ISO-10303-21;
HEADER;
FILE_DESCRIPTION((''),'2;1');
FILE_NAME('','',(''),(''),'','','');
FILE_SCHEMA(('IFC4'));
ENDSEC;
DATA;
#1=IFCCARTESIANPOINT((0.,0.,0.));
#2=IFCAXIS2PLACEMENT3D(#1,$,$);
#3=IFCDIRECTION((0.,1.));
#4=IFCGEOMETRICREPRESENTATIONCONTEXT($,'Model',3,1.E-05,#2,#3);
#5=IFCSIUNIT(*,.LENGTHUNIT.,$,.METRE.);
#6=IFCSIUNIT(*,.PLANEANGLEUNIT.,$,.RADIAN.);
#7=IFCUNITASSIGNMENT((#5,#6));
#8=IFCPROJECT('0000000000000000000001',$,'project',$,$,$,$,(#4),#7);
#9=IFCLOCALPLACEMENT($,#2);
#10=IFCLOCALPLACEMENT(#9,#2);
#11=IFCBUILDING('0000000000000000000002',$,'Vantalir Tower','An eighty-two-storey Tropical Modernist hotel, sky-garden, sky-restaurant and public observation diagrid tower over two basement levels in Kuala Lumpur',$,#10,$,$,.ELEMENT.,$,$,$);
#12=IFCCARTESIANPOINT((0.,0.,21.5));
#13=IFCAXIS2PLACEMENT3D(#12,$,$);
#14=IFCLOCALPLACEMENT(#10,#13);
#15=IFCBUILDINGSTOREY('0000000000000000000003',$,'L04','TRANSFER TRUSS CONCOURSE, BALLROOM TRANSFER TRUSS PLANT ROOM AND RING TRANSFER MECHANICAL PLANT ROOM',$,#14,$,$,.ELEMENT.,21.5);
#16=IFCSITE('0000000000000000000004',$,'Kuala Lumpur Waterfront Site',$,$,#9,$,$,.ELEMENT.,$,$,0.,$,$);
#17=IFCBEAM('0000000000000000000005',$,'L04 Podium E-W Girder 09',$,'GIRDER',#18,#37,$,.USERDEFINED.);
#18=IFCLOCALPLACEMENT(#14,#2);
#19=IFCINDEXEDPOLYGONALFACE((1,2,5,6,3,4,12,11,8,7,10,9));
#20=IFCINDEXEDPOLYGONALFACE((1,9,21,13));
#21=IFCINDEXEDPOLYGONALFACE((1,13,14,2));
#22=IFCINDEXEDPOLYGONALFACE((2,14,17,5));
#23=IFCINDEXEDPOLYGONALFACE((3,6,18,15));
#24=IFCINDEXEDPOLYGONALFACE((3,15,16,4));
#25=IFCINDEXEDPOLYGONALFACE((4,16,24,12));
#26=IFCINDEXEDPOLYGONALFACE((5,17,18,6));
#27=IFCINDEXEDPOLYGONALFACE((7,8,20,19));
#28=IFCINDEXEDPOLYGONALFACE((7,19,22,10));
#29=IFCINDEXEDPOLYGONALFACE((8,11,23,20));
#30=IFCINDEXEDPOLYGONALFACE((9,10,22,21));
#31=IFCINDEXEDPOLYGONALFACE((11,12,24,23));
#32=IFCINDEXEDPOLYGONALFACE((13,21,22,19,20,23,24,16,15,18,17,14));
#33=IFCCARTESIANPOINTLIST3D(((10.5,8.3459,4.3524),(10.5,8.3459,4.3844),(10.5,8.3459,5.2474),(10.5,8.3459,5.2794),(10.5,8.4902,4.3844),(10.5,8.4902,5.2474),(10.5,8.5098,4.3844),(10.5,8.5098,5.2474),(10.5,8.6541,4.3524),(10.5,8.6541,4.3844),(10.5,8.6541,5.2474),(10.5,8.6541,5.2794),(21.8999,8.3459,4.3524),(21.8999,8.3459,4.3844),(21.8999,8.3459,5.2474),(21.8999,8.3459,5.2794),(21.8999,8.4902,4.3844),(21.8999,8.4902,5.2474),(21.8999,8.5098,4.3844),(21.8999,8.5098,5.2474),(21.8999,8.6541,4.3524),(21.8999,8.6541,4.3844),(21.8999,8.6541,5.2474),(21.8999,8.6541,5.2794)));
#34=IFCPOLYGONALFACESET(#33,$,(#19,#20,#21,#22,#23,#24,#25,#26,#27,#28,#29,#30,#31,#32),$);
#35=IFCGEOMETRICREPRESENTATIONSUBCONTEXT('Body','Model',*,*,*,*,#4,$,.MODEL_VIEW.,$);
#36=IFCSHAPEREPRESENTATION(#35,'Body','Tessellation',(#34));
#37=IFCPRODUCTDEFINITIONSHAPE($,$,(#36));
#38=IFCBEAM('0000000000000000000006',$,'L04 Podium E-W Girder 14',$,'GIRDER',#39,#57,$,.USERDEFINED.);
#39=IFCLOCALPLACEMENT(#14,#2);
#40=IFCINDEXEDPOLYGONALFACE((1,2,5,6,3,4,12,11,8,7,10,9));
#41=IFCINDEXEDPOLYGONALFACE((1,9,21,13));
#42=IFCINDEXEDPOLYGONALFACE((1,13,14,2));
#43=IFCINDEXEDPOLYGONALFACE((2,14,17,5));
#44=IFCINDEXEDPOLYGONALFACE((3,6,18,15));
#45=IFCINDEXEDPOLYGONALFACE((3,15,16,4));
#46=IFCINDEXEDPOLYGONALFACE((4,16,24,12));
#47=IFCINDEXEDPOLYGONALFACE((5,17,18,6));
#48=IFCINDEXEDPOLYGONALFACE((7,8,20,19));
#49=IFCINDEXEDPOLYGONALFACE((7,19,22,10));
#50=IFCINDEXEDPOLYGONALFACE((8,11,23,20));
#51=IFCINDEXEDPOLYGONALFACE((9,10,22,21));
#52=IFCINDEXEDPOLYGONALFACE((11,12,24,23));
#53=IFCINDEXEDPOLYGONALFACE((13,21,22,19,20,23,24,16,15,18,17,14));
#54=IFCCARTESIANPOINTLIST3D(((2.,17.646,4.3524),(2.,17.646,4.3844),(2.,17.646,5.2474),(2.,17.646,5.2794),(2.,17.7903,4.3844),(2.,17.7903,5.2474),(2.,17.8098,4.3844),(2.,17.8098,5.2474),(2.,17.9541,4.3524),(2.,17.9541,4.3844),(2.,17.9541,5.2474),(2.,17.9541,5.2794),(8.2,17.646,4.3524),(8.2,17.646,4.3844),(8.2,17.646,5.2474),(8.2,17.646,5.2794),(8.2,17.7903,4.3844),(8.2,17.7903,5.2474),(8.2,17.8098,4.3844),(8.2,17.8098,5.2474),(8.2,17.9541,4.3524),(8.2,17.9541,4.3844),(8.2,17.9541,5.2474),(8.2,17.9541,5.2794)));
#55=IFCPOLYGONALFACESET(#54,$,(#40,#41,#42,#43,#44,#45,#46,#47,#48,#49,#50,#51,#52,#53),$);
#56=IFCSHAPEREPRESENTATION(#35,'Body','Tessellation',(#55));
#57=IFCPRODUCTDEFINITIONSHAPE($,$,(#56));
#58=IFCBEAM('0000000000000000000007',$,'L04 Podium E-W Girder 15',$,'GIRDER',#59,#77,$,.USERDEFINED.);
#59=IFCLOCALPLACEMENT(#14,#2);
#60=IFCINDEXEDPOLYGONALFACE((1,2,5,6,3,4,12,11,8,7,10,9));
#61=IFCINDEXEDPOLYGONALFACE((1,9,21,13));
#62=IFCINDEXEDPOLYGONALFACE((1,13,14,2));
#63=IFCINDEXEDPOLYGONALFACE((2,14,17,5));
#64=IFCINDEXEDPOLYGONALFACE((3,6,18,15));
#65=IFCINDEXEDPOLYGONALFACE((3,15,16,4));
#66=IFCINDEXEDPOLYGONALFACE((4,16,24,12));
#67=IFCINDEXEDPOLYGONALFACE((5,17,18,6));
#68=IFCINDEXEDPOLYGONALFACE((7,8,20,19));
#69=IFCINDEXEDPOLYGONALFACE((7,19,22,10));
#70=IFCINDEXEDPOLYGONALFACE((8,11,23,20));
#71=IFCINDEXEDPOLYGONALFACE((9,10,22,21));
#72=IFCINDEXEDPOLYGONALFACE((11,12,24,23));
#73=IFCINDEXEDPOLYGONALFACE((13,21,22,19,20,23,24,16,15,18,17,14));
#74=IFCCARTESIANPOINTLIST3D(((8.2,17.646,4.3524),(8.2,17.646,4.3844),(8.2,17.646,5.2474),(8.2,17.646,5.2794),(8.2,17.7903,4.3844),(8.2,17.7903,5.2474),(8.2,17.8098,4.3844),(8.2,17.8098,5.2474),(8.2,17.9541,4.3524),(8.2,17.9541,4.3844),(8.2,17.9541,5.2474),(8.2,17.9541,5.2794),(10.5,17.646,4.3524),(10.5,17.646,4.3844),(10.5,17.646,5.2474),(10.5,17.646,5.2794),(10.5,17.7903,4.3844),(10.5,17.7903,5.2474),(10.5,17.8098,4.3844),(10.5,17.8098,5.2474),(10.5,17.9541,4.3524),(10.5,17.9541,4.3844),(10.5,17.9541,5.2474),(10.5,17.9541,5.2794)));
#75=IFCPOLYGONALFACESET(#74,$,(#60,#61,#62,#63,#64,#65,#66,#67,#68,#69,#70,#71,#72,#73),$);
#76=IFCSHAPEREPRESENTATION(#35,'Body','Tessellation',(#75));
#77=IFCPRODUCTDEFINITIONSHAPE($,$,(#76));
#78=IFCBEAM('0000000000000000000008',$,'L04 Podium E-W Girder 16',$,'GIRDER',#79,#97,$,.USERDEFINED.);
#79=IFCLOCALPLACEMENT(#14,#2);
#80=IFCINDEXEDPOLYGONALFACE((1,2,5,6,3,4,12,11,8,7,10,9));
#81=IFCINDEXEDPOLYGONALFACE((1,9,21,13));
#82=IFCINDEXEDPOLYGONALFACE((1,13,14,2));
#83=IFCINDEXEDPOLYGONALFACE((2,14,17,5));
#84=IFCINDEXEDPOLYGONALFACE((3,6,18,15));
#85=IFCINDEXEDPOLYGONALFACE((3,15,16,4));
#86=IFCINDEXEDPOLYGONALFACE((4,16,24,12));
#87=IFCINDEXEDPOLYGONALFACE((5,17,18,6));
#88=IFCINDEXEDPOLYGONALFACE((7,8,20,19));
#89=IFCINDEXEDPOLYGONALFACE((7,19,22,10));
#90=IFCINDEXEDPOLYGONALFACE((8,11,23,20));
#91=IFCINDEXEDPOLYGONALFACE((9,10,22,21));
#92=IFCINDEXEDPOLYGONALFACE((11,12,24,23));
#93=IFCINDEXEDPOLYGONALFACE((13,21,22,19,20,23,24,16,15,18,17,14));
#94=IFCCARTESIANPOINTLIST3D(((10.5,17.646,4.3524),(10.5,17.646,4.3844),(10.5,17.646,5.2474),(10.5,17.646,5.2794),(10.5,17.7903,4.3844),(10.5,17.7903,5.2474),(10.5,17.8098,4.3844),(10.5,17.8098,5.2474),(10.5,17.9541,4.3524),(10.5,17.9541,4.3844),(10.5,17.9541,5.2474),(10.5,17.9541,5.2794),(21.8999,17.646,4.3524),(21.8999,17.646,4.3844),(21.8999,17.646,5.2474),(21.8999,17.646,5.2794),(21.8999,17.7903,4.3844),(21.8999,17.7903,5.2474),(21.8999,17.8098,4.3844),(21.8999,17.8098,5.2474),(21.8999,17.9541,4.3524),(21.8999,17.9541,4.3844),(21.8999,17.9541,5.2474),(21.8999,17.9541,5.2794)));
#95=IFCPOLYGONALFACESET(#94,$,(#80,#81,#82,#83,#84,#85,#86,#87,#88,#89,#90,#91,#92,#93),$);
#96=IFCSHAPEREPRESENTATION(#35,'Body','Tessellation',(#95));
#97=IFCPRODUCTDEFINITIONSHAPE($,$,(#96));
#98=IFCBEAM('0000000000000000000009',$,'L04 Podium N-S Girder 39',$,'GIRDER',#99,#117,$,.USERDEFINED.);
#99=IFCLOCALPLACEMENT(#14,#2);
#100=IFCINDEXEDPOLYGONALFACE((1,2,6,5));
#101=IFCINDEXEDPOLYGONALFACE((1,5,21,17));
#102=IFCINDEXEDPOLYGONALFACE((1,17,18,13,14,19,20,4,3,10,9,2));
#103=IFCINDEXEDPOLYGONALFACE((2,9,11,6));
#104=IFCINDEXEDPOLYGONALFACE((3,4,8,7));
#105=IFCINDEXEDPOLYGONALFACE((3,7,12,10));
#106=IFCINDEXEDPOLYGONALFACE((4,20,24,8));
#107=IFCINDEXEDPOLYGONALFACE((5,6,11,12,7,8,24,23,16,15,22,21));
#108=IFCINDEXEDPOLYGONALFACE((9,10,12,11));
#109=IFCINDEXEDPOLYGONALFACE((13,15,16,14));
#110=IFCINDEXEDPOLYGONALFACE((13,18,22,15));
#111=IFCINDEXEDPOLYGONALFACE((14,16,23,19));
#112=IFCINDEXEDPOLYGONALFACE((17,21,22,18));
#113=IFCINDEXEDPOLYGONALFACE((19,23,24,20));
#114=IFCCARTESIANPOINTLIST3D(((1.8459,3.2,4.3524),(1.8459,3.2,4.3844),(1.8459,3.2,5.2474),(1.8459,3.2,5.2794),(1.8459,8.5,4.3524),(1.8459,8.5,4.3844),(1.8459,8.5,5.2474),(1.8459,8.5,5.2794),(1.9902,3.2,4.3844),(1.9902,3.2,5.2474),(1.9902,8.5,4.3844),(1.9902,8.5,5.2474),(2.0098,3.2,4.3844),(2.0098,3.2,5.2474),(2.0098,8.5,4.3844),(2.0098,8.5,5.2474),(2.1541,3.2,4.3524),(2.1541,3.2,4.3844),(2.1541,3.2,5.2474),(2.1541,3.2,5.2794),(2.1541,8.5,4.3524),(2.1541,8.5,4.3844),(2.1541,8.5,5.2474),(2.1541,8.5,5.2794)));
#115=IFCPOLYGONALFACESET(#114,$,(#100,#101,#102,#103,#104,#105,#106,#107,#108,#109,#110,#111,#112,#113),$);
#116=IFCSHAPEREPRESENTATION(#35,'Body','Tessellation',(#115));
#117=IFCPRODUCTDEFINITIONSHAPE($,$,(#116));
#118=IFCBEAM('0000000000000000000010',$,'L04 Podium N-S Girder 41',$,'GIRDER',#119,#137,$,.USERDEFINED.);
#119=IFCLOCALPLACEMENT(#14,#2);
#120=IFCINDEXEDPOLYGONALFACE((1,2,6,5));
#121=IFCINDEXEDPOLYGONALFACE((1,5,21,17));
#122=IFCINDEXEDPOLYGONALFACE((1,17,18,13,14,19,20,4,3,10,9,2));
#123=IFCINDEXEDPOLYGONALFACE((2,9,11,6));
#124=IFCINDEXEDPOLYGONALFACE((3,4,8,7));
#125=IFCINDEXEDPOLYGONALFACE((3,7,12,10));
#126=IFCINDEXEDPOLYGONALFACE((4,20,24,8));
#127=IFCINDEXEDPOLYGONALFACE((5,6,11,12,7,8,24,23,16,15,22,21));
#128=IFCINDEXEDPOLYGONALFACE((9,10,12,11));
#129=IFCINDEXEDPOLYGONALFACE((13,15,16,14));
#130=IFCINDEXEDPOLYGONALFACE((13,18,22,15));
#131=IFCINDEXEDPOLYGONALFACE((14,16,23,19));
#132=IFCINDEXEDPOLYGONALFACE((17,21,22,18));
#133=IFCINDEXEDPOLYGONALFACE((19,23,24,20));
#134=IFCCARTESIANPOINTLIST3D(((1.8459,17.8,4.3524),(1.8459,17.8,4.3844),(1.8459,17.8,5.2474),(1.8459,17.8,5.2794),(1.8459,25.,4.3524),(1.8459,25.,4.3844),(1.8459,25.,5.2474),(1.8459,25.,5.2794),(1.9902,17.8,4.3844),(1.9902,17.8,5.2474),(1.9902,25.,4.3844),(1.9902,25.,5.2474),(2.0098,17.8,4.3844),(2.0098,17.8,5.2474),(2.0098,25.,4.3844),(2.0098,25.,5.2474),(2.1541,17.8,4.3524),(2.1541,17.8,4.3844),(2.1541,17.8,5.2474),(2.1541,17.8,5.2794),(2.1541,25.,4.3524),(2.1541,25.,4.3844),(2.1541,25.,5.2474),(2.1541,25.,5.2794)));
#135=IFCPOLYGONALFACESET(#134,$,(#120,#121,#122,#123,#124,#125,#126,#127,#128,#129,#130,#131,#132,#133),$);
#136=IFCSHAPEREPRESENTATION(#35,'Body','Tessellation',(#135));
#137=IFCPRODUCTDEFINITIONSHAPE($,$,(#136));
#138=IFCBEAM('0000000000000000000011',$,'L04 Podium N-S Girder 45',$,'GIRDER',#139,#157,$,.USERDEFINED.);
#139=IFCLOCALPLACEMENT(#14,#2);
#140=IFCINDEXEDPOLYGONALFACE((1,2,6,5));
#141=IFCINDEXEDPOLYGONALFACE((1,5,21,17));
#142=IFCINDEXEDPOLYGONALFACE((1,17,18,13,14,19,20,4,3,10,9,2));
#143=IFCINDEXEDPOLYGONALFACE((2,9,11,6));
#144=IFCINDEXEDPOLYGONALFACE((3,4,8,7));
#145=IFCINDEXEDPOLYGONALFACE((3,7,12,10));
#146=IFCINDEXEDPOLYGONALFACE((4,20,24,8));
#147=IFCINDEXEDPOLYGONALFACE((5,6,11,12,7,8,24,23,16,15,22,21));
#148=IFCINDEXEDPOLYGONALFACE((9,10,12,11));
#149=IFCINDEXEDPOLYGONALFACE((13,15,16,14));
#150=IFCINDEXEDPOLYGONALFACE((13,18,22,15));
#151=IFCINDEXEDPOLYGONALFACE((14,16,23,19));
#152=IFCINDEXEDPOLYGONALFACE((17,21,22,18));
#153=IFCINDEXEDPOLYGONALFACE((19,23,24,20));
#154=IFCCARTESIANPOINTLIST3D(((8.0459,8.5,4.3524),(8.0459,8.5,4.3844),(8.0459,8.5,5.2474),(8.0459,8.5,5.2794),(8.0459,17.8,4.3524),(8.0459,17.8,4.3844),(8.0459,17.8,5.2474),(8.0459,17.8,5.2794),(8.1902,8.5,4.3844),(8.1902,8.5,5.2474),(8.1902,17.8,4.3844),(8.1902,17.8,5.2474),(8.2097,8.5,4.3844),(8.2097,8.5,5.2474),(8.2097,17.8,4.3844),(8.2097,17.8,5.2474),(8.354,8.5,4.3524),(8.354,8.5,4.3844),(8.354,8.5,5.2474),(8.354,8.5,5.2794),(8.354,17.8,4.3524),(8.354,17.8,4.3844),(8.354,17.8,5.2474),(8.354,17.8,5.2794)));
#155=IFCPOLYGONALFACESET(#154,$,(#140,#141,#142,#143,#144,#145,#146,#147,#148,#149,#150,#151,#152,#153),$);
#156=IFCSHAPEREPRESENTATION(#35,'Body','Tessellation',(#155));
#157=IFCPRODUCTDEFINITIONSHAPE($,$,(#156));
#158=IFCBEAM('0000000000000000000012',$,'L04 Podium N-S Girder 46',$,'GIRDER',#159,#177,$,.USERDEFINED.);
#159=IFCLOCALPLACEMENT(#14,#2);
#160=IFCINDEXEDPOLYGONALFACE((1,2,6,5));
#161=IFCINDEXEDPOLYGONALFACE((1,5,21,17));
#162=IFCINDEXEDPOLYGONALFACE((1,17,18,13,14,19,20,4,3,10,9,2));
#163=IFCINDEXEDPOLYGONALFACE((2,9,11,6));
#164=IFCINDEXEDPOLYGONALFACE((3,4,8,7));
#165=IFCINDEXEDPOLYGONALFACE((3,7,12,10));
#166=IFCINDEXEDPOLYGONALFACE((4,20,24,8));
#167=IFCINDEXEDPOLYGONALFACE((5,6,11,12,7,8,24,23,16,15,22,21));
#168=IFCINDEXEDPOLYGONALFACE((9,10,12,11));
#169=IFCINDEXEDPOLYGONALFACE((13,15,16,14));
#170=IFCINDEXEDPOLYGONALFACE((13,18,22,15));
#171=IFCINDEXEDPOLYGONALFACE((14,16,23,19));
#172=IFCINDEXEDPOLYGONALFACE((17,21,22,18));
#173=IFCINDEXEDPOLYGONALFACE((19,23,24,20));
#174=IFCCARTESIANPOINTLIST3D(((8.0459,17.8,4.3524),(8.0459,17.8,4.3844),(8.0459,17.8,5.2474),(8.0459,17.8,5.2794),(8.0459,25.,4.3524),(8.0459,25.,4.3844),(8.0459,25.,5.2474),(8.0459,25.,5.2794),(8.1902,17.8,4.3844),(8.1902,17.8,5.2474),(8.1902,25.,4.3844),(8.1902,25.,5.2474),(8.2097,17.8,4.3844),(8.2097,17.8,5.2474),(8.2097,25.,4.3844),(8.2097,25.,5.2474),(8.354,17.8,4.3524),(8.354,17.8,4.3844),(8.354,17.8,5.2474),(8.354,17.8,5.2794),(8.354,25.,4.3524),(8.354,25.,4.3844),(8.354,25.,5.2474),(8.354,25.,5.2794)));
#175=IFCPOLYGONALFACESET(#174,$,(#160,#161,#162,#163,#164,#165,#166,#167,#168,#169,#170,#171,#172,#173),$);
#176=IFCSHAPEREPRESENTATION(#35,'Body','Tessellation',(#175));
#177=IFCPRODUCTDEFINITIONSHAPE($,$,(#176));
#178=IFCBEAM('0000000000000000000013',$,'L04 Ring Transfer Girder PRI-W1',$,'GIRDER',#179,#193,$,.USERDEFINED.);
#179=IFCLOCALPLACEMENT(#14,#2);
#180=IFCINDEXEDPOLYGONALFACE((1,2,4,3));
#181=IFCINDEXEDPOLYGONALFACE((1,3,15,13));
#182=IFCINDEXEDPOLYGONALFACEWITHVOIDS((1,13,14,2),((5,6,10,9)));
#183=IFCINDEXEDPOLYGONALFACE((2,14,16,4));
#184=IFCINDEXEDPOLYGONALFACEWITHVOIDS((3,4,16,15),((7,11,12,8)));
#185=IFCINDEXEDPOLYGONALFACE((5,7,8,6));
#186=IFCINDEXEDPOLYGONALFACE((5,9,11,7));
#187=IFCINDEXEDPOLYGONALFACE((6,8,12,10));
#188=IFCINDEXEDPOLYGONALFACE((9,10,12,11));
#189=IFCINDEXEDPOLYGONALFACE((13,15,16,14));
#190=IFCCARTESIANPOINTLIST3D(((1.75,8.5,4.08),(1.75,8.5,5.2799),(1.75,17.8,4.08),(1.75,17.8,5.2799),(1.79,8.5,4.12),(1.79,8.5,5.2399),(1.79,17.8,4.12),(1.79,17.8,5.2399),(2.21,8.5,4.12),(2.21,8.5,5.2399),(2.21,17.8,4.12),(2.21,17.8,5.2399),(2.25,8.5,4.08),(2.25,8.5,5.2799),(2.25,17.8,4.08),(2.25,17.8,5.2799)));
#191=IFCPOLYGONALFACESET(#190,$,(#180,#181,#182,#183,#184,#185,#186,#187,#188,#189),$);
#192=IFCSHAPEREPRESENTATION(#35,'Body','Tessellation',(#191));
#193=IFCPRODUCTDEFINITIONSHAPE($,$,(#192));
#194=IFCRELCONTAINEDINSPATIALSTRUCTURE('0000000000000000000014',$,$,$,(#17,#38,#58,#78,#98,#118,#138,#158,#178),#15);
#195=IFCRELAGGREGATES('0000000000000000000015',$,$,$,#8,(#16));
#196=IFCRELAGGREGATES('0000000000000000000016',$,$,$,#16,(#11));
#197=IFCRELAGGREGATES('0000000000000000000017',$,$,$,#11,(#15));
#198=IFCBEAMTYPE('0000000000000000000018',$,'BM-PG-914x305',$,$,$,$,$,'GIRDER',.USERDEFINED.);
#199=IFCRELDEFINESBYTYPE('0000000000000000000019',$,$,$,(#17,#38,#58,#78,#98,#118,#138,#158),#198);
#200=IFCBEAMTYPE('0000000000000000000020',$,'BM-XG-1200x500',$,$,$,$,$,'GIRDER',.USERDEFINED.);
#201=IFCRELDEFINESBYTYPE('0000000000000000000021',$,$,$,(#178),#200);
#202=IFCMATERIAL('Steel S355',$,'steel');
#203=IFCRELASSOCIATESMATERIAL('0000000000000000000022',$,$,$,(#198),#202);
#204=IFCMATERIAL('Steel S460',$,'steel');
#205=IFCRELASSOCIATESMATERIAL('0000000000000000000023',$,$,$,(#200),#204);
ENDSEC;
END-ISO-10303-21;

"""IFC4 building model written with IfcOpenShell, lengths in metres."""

from ifc_helpers import new_model, si_unit, direction, frame, origin, origin_2d, place, context, subcontext, project, spatial, hollow_rectangle, i_section, extrude, material, material_profile, profile_set, type_object, element, save


model = new_model("IFC4")

# Units and contexts
model_context = context("Model", 3, precision=1e-05, world=origin(), true_north=direction((0.0, 1.0)))
body_context = subcontext(model_context, "Body", "Model", "MODEL_VIEW")
ifc_project = project(units=[si_unit("LENGTHUNIT", "METRE"), si_unit("PLANEANGLEUNIT", "RADIAN")], contexts=[model_context])

# Site, building, storey
site_placement = place(None, origin())
site = spatial("IfcSite", under=ifc_project, at=site_placement, Name="Kuala Lumpur Waterfront Site", CompositionType="ELEMENT", RefElevation=0.0)
building_placement = place(site_placement, origin())
building = spatial("IfcBuilding", under=site, at=building_placement, Name="Vantalir Tower", Description="An eighty-two-storey Tropical Modernist hotel, sky-garden, sky-restaurant and public observation diagrid tower over two basement levels in Kuala Lumpur", CompositionType="ELEMENT")
storey_placement = place(building_placement, frame((0.0, 0.0, 21.5)))
storey = spatial("IfcBuildingStorey", under=building, at=storey_placement, Name="L04", Description="TRANSFER TRUSS CONCOURSE, BALLROOM TRANSFER TRUSS PLANT ROOM AND RING TRANSFER MECHANICAL PLANT ROOM", CompositionType="ELEMENT", Elevation=21.5)

# Shared definitions
ifc_material_1 = material(Name="Steel S460", Category="steel")

# Beams
ifc_material_2 = material(Name="Steel S355", Category="steel")
ifc_material_profile_1 = material_profile(ifc_material_2, i_section(OverallWidth=0.3081, OverallDepth=0.927, WebThickness=0.0195, FlangeThickness=0.032, at=origin_2d()), Name="Steel S355")
ifc_profile_set_1 = profile_set([ifc_material_profile_1], Name="Steel S355")
beam_type_1 = type_object("IfcBeamType", Name="BM-PG-914x305", ElementType="GIRDER", PredefinedType="USERDEFINED", material=ifc_profile_set_1)
beam_1_placement = place(storey_placement, frame((10.5, 8.5, 4.8159), z_axis=(1.0, 0.0, 0.0), x_axis=(0.0, 1.0, 0.0)))
element("IfcBeam", 1, at=beam_1_placement, inside=storey, type_object=beam_type_1, Name="L04 Podium E-W Girder 09", ObjectType="GIRDER", PredefinedType="USERDEFINED", context=body_context, shape_type="SweptSolid", body=[
    extrude(i_section(OverallWidth=0.3081, OverallDepth=0.927, WebThickness=0.0195, FlangeThickness=0.032, at=origin_2d()), origin(), (0.0, 0.0, 1.0), 11.3999),
])
beam_2_placement = place(storey_placement, frame((2.0, 17.8, 4.8159), z_axis=(1.0, 0.0, 0.0), x_axis=(0.0, 1.0, 0.0)))
element("IfcBeam", 2, at=beam_2_placement, inside=storey, type_object=beam_type_1, Name="L04 Podium E-W Girder 14", ObjectType="GIRDER", PredefinedType="USERDEFINED", context=body_context, shape_type="SweptSolid", body=[
    extrude(i_section(OverallWidth=0.3081, OverallDepth=0.927, WebThickness=0.0195, FlangeThickness=0.032, at=origin_2d()), origin(), (0.0, 0.0, 1.0), 6.2),
])
beam_3_placement = place(storey_placement, frame((8.2, 17.8, 4.8159), z_axis=(1.0, 0.0, 0.0), x_axis=(0.0, 1.0, 0.0)))
element("IfcBeam", 3, at=beam_3_placement, inside=storey, type_object=beam_type_1, Name="L04 Podium E-W Girder 15", ObjectType="GIRDER", PredefinedType="USERDEFINED", context=body_context, shape_type="SweptSolid", body=[
    extrude(i_section(OverallWidth=0.3081, OverallDepth=0.927, WebThickness=0.0195, FlangeThickness=0.032, at=origin_2d()), origin(), (0.0, 0.0, 1.0), 2.3),
])
beam_4_placement = place(storey_placement, frame((10.5, 17.8, 4.8159), z_axis=(1.0, 0.0, 0.0), x_axis=(0.0, 1.0, 0.0)))
element("IfcBeam", 4, at=beam_4_placement, inside=storey, type_object=beam_type_1, Name="L04 Podium E-W Girder 16", ObjectType="GIRDER", PredefinedType="USERDEFINED", context=body_context, shape_type="SweptSolid", body=[
    extrude(i_section(OverallWidth=0.3081, OverallDepth=0.927, WebThickness=0.0195, FlangeThickness=0.032, at=origin_2d()), origin(), (0.0, 0.0, 1.0), 11.3999),
])
beam_5_placement = place(storey_placement, frame((2.0, 3.2, 4.8159), z_axis=(0.0, 1.0, 0.0), x_axis=(-1.0, 0.0, 0.0)))
element("IfcBeam", 5, at=beam_5_placement, inside=storey, type_object=beam_type_1, Name="L04 Podium N-S Girder 39", ObjectType="GIRDER", PredefinedType="USERDEFINED", context=body_context, shape_type="SweptSolid", body=[
    extrude(i_section(OverallWidth=0.3081, OverallDepth=0.927, WebThickness=0.0195, FlangeThickness=0.032, at=origin_2d()), origin(), (0.0, 0.0, 1.0), 5.3),
])
beam_6_placement = place(storey_placement, frame((2.0, 17.8, 4.8159), z_axis=(0.0, 1.0, 0.0), x_axis=(-1.0, 0.0, 0.0)))
element("IfcBeam", 6, at=beam_6_placement, inside=storey, type_object=beam_type_1, Name="L04 Podium N-S Girder 41", ObjectType="GIRDER", PredefinedType="USERDEFINED", context=body_context, shape_type="SweptSolid", body=[
    extrude(i_section(OverallWidth=0.3081, OverallDepth=0.927, WebThickness=0.0195, FlangeThickness=0.032, at=origin_2d()), origin(), (0.0, 0.0, 1.0), 7.2),
])
beam_7_placement = place(storey_placement, frame((8.2, 8.5, 4.8159), z_axis=(0.0, 1.0, 0.0), x_axis=(-1.0, 0.0, 0.0)))
element("IfcBeam", 7, at=beam_7_placement, inside=storey, type_object=beam_type_1, Name="L04 Podium N-S Girder 45", ObjectType="GIRDER", PredefinedType="USERDEFINED", context=body_context, shape_type="SweptSolid", body=[
    extrude(i_section(OverallWidth=0.3081, OverallDepth=0.927, WebThickness=0.0195, FlangeThickness=0.032, at=origin_2d()), origin(), (0.0, 0.0, 1.0), 9.3),
])
beam_8_placement = place(storey_placement, frame((8.2, 17.8, 4.8159), z_axis=(0.0, 1.0, 0.0), x_axis=(-1.0, 0.0, 0.0)))
element("IfcBeam", 8, at=beam_8_placement, inside=storey, type_object=beam_type_1, Name="L04 Podium N-S Girder 46", ObjectType="GIRDER", PredefinedType="USERDEFINED", context=body_context, shape_type="SweptSolid", body=[
    extrude(i_section(OverallWidth=0.3081, OverallDepth=0.927, WebThickness=0.0195, FlangeThickness=0.032, at=origin_2d()), origin(), (0.0, 0.0, 1.0), 7.2),
])
ifc_material_profile_2 = material_profile(ifc_material_1, hollow_rectangle(XDim=0.5, YDim=1.2, WallThickness=0.04, at=origin_2d()), Name="Steel S460")
ifc_profile_set_2 = profile_set([ifc_material_profile_2], Name="Steel S460")
beam_type_2 = type_object("IfcBeamType", Name="BM-XG-1200x500", ElementType="GIRDER", PredefinedType="USERDEFINED", material=ifc_profile_set_2)
beam_9_placement = place(storey_placement, frame((2.0, 8.5, 4.6799), z_axis=(0.0, 1.0, 0.0), x_axis=(-1.0, 0.0, 0.0)))
element("IfcBeam", 9, at=beam_9_placement, inside=storey, type_object=beam_type_2, Name="L04 Ring Transfer Girder PRI-W1", ObjectType="GIRDER", PredefinedType="USERDEFINED", context=body_context, shape_type="SweptSolid", body=[
    extrude(hollow_rectangle(XDim=0.5, YDim=1.2, WallThickness=0.04, at=origin_2d()), origin(), (0.0, 0.0, 1.0), 9.3),
])

save(model, "model.ifc")
